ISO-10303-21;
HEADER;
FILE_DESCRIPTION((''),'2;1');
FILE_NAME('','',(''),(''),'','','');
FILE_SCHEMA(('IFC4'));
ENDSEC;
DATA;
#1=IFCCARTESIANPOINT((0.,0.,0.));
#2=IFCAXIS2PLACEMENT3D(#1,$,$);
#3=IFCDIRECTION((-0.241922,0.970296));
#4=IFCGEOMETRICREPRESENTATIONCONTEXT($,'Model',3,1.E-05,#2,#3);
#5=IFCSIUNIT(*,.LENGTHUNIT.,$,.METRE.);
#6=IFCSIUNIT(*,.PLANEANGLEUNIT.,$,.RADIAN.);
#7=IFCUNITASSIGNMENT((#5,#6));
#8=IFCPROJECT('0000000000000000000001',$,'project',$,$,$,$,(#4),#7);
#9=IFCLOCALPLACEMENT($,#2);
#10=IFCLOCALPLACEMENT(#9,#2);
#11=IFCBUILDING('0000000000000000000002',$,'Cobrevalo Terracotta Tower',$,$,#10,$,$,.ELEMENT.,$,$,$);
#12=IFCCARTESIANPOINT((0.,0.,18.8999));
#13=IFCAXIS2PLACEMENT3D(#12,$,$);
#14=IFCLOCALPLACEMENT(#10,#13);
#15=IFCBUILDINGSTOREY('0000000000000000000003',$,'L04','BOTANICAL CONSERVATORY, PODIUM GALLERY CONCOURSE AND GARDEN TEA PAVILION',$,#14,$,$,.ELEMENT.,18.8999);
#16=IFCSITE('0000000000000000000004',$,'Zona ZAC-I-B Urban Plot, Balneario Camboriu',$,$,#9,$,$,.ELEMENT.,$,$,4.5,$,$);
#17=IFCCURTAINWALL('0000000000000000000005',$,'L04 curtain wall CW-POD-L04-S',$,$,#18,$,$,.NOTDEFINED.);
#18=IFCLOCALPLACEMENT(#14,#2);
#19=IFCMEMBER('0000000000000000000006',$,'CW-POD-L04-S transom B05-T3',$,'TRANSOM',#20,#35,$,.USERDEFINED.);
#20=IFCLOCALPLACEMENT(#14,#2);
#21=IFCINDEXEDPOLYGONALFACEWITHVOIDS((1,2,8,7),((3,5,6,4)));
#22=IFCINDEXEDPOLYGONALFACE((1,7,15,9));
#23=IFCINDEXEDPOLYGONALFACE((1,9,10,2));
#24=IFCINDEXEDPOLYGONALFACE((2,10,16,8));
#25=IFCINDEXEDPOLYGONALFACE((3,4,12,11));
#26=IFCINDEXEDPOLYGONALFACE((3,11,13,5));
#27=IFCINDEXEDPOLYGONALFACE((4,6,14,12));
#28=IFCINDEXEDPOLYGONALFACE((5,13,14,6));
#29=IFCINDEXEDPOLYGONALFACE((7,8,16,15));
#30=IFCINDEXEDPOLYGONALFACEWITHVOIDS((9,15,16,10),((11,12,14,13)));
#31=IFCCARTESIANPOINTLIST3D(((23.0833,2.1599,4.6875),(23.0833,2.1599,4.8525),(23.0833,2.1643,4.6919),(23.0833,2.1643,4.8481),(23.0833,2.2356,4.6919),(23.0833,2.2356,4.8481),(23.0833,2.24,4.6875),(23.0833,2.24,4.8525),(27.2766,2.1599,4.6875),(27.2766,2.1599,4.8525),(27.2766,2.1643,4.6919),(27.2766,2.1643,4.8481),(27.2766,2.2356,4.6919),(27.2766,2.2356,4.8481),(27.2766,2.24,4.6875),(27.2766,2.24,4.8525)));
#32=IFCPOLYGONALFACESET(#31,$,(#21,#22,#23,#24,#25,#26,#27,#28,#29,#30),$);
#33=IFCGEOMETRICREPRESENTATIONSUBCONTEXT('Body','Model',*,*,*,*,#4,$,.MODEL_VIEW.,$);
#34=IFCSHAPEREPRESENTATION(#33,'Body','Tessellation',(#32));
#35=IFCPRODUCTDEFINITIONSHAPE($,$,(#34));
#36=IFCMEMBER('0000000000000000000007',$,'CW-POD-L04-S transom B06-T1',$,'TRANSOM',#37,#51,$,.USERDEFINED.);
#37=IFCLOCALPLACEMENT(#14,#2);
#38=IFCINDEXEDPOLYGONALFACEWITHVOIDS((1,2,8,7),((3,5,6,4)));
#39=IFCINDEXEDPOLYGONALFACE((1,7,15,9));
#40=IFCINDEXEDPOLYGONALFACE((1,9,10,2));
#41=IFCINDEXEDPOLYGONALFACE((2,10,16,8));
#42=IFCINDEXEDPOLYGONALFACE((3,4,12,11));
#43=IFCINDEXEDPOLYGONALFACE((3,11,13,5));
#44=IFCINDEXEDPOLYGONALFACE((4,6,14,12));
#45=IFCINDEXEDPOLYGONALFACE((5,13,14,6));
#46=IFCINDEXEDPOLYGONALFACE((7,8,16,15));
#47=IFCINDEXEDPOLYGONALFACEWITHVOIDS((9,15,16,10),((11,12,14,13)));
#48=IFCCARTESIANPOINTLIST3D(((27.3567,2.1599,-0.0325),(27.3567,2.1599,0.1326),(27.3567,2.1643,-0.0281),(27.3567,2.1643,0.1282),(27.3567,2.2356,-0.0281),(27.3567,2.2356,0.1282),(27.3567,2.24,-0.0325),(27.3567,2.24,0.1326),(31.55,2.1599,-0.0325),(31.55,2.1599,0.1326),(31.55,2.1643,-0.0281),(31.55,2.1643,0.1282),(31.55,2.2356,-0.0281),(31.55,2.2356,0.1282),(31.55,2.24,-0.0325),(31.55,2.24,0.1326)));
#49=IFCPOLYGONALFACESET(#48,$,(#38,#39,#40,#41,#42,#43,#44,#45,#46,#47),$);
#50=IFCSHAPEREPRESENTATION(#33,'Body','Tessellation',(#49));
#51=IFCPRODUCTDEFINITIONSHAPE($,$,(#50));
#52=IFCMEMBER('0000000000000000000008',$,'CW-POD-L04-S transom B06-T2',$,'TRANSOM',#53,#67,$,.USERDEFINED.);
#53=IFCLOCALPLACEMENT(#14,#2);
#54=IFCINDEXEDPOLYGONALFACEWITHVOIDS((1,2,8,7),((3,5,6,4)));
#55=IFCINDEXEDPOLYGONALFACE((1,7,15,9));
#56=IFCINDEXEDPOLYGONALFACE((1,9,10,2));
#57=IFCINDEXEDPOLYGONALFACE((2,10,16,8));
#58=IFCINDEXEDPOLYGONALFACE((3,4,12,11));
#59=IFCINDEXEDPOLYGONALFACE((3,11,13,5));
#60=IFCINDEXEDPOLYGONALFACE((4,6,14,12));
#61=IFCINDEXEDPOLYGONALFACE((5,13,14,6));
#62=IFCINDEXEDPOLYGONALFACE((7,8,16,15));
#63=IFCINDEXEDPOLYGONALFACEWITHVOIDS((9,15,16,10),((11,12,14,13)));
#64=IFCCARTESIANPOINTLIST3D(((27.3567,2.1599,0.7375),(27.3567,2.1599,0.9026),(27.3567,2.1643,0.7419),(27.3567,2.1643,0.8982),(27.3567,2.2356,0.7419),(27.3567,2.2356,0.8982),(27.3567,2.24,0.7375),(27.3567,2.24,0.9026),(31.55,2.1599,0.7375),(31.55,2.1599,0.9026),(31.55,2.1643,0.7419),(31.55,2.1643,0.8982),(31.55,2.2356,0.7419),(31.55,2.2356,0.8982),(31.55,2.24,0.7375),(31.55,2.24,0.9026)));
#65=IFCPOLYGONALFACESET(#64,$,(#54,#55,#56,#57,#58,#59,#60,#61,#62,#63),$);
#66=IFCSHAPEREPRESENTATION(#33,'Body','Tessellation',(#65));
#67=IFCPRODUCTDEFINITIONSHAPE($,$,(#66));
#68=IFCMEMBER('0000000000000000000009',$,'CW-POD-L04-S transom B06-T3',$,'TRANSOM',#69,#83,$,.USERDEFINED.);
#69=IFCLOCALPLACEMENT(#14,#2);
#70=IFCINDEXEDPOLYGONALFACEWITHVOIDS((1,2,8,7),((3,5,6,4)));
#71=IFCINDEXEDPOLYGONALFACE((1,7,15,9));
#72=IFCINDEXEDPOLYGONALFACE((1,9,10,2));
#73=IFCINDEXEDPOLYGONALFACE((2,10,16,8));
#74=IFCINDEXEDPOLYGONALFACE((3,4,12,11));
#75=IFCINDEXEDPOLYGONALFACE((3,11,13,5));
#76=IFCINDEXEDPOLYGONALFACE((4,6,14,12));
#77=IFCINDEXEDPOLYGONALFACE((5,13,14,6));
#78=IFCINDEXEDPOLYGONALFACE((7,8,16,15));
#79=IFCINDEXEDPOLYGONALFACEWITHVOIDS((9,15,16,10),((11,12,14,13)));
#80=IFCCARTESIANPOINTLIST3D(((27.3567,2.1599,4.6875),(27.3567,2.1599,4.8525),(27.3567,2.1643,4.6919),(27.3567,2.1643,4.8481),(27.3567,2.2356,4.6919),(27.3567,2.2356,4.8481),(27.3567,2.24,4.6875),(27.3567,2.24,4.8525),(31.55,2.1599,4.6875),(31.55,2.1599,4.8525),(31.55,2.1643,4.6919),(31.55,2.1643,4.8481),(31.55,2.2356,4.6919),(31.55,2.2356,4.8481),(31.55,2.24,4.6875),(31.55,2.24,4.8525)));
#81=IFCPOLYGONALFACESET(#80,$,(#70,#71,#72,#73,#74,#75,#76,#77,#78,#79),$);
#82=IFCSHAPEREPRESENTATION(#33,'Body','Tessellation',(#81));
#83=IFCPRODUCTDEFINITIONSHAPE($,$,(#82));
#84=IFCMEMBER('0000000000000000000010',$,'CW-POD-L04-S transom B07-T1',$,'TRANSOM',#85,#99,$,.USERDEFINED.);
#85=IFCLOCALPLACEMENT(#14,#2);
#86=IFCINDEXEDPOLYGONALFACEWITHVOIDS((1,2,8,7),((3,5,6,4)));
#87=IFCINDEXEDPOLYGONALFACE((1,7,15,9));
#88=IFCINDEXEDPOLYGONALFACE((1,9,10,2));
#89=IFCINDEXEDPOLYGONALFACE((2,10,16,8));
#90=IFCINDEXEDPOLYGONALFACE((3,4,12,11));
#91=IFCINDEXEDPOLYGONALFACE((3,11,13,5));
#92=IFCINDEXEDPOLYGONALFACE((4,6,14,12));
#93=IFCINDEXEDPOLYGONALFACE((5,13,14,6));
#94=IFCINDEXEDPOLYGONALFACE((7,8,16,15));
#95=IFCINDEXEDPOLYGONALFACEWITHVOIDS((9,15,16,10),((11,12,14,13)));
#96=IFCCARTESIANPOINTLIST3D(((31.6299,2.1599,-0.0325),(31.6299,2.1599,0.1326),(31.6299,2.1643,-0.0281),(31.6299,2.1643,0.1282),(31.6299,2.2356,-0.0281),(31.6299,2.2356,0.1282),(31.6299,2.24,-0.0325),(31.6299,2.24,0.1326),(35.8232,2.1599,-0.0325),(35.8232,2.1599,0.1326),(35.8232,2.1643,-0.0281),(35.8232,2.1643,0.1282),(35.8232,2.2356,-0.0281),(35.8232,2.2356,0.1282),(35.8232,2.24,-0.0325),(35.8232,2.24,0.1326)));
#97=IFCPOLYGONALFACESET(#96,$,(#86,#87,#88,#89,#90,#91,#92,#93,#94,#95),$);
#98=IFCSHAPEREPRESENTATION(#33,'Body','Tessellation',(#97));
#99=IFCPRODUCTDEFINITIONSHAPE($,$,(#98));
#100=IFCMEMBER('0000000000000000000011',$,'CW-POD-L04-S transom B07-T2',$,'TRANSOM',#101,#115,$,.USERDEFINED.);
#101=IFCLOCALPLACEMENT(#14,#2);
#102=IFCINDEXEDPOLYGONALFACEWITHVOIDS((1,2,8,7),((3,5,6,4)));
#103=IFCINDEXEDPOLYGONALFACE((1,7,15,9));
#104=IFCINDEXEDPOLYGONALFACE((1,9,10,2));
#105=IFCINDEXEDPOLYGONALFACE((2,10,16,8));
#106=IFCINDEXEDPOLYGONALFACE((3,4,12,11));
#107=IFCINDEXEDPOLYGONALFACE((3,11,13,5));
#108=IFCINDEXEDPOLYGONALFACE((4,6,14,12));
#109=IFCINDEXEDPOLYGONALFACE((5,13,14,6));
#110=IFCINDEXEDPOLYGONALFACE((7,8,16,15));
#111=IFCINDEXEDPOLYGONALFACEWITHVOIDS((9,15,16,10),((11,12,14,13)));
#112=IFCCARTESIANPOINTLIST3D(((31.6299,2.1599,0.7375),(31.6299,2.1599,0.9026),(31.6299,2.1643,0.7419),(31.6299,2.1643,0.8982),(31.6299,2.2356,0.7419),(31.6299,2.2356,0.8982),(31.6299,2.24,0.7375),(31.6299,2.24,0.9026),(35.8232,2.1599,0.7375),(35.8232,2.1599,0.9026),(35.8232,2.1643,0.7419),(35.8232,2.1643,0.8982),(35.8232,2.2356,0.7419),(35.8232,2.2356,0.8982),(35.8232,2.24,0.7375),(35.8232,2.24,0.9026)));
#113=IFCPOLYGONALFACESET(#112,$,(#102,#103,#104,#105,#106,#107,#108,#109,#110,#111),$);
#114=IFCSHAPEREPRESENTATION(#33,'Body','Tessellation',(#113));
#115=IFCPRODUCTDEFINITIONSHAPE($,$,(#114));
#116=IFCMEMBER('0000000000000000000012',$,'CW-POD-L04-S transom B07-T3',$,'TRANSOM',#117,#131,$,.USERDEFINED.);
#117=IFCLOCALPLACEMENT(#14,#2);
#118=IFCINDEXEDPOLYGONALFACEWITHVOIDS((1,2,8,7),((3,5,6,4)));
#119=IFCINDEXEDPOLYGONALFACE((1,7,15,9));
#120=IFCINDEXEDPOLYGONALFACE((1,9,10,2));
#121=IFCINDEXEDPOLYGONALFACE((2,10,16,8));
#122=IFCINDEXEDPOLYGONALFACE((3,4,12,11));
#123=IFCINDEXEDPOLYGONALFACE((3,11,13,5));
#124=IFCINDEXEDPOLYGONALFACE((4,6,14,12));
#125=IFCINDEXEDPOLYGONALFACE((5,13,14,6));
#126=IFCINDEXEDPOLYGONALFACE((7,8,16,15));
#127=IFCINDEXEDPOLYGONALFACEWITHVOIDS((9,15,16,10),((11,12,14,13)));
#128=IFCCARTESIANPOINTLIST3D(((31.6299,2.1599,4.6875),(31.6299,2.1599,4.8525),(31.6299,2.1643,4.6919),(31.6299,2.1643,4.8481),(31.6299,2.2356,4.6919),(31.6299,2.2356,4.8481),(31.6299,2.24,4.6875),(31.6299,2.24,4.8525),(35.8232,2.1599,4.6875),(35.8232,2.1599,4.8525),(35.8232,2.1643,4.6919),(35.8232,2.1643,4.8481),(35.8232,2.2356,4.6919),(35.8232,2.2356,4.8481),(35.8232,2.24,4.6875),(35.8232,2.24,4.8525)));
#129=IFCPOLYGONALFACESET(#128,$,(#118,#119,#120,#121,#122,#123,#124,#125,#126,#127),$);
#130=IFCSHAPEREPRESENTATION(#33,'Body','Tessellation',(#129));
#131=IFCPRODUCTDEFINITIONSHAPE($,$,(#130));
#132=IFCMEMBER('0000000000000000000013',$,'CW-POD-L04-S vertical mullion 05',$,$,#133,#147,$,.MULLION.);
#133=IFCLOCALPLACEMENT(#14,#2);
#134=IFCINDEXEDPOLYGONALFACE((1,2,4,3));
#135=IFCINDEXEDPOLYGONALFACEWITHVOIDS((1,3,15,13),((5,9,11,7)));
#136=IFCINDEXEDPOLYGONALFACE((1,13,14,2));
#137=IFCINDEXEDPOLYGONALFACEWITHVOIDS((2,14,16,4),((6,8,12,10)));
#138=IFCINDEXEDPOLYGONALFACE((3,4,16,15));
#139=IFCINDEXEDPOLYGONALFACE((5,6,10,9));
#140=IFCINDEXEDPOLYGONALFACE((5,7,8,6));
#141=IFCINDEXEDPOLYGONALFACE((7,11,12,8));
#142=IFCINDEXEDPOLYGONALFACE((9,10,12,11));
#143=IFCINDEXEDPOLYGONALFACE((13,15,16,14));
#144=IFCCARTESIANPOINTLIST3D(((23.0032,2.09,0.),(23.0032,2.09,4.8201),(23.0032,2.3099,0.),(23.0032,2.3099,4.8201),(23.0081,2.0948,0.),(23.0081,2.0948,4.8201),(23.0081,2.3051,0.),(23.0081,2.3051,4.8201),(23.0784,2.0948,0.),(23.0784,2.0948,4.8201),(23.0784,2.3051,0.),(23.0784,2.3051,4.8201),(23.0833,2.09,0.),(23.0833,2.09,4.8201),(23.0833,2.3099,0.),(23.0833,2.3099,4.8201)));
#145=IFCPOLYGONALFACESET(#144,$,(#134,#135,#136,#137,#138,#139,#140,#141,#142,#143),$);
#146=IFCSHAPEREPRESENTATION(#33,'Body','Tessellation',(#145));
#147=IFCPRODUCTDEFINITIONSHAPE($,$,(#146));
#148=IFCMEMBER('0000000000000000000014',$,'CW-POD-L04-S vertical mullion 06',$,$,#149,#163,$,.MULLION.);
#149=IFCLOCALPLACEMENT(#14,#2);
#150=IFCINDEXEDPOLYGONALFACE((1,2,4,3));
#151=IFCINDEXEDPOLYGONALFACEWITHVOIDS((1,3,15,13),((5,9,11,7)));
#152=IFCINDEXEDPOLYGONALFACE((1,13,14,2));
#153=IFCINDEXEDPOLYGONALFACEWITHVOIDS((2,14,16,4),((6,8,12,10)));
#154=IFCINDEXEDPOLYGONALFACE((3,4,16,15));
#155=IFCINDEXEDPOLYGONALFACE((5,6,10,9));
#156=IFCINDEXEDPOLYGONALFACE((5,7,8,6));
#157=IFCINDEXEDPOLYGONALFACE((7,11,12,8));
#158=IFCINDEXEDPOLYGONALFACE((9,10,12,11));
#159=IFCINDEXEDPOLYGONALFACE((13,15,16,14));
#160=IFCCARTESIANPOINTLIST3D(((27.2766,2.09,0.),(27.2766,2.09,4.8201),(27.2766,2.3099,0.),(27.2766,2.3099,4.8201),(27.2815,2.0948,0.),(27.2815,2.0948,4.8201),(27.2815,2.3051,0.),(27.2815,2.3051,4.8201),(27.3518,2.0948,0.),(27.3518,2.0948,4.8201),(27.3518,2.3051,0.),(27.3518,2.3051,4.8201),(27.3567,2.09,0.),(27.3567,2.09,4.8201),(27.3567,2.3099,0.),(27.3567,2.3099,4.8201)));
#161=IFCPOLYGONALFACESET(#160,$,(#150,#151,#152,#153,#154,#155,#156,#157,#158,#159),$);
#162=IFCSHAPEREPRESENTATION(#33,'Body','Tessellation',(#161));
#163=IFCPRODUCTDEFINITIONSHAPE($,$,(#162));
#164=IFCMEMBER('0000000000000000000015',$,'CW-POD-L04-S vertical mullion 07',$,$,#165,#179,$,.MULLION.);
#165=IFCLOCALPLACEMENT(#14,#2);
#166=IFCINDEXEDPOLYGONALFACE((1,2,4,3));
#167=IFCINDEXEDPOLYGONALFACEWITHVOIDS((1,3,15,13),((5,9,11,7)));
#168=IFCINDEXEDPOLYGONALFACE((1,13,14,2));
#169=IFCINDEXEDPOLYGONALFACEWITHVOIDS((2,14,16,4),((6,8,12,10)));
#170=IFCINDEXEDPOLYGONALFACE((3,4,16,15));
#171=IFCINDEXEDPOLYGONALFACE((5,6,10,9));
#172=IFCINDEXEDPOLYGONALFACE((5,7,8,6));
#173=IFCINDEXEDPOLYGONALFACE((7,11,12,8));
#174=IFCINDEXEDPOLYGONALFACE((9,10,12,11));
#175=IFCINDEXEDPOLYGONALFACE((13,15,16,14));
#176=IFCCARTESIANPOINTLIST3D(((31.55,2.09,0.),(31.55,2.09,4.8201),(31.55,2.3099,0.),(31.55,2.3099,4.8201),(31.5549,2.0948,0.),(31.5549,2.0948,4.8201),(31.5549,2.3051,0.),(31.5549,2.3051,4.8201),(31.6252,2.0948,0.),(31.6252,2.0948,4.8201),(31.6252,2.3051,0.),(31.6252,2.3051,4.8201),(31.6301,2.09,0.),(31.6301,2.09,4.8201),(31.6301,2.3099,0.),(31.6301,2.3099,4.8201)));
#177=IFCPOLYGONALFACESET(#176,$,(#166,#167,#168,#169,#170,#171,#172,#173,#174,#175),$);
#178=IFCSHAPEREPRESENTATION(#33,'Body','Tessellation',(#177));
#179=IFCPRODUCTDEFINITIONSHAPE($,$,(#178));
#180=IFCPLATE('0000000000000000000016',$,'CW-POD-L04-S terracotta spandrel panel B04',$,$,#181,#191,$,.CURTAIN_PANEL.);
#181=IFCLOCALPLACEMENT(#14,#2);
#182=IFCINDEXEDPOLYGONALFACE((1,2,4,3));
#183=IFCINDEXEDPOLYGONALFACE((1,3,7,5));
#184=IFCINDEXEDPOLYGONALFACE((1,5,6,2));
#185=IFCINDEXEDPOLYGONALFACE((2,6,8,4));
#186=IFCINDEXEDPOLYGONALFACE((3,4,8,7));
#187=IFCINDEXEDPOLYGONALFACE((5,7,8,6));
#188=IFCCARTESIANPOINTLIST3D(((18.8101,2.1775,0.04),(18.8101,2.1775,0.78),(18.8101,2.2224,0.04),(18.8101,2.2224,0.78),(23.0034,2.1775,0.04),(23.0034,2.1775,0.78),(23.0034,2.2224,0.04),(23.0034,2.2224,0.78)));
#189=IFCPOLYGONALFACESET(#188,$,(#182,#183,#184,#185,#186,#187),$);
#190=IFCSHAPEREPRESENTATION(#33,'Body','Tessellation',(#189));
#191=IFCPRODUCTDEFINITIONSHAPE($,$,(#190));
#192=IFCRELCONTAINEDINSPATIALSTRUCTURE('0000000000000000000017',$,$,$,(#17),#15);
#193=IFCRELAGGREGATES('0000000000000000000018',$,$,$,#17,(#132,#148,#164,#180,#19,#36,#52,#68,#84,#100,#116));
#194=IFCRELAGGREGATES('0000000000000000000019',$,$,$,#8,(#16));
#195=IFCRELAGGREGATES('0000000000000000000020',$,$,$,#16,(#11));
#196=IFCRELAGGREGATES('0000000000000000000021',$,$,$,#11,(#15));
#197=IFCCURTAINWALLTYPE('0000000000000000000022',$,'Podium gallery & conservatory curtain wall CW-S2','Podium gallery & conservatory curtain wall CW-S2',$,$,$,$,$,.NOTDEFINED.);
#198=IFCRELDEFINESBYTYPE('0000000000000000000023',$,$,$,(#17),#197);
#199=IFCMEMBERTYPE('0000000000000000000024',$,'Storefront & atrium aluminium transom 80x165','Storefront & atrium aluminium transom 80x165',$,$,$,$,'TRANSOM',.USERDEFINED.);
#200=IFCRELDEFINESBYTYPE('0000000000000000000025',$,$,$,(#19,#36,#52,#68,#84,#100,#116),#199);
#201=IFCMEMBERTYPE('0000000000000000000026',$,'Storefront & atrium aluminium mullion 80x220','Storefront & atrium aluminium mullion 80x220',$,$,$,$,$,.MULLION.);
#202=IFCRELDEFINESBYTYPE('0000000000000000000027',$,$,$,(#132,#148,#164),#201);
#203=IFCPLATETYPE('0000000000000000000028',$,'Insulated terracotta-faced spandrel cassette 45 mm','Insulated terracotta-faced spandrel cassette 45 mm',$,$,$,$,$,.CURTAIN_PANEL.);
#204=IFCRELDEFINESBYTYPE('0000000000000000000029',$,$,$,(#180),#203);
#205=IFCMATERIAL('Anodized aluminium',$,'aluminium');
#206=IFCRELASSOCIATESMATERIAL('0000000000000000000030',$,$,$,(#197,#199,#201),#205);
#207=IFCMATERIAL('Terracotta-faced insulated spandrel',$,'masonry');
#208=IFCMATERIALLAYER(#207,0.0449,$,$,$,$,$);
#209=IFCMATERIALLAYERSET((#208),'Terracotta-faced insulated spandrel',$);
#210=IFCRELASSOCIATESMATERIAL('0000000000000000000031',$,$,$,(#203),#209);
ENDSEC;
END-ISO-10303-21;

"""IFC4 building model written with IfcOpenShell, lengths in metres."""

from ifc_helpers import new_model, si_unit, direction, frame, origin, origin_2d, place, context, subcontext, project, spatial, rectangle, hollow_rectangle, extrude, source, transform, mapped, material, layer, layer_set, material_profile, profile_set, type_object, element, aggregate, save


model = new_model("IFC4")

# Units and contexts
model_context = context("Model", 3, precision=1e-05, world=origin(), true_north=direction((-0.241922, 0.970296)))
body_context = subcontext(model_context, "Body", "Model", "MODEL_VIEW")
ifc_project = project(units=[si_unit("LENGTHUNIT", "METRE"), si_unit("PLANEANGLEUNIT", "RADIAN")], contexts=[model_context])

# Site, building, storey
site_placement = place(None, origin())
site = spatial("IfcSite", under=ifc_project, at=site_placement, Name="Zona ZAC-I-B Urban Plot, Balneario Camboriu", CompositionType="ELEMENT", RefElevation=4.5)
building_placement = place(site_placement, origin())
building = spatial("IfcBuilding", under=site, at=building_placement, Name="Cobrevalo Terracotta Tower", CompositionType="ELEMENT")
storey_placement = place(building_placement, frame((0.0, 0.0, 18.8999)))
storey = spatial("IfcBuildingStorey", under=building, at=storey_placement, Name="L04", Description="BOTANICAL CONSERVATORY, PODIUM GALLERY CONCOURSE AND GARDEN TEA PAVILION", CompositionType="ELEMENT", Elevation=18.8999)

# Curtain wall, members, plate
ifc_material_1 = material(Name="Anodized aluminium", Category="aluminium")
curtain_wall_type = type_object("IfcCurtainWallType", Name="Podium gallery & conservatory curtain wall CW-S2", Description="Podium gallery & conservatory curtain wall CW-S2", PredefinedType="NOTDEFINED", material=ifc_material_1)
curtain_wall_placement = place(storey_placement, origin())
curtain_wall = element("IfcCurtainWall", 1, at=curtain_wall_placement, inside=storey, type_object=curtain_wall_type, Name="L04 curtain wall CW-POD-L04-S", PredefinedType="NOTDEFINED")
ifc_material_profile_1 = material_profile(ifc_material_1, hollow_rectangle(XDim=0.0801, YDim=0.165, WallThickness=0.0044, at=origin_2d()), Name="CWT 80x165")
ifc_profile_set_1 = profile_set([ifc_material_profile_1], Name="Anodized aluminium")
member_type_1 = type_object("IfcMemberType", Name="Storefront & atrium aluminium transom 80x165", Description="Storefront & atrium aluminium transom 80x165", ElementType="TRANSOM", PredefinedType="USERDEFINED", material=ifc_profile_set_1)
shared_shape_1 = source(origin(), body_context, "Body", "SweptSolid", [
    extrude(hollow_rectangle(XDim=0.0801, YDim=0.165, WallThickness=0.0044, at=origin_2d()), origin(), (0.0, 0.0, 1.0), 4.1934),
])
member_1_placement = place(storey_placement, frame((23.0833, 2.2, 4.77), z_axis=(1.0, 0.0, 0.0), x_axis=(0.0, 1.0, 0.0)))
member_1 = element("IfcMember", 2, at=member_1_placement, type_object=member_type_1, Name="CW-POD-L04-S transom B05-T3", ObjectType="TRANSOM", PredefinedType="USERDEFINED", context=body_context, shape_type="MappedRepresentation", body=[
    mapped(shared_shape_1, transform((0.0, 0.0, 0.0), scale=1.0)),
])
member_2_placement = place(storey_placement, frame((27.3567, 2.2, 0.05), z_axis=(1.0, 0.0, 0.0), x_axis=(0.0, 1.0, 0.0)))
member_2 = element("IfcMember", 3, at=member_2_placement, type_object=member_type_1, Name="CW-POD-L04-S transom B06-T1", ObjectType="TRANSOM", PredefinedType="USERDEFINED", context=body_context, shape_type="MappedRepresentation", body=[
    mapped(shared_shape_1, transform((0.0, 0.0, 0.0), scale=1.0)),
])
member_3_placement = place(storey_placement, frame((27.3567, 2.2, 0.8201), z_axis=(1.0, 0.0, 0.0), x_axis=(0.0, 1.0, 0.0)))
member_3 = element("IfcMember", 4, at=member_3_placement, type_object=member_type_1, Name="CW-POD-L04-S transom B06-T2", ObjectType="TRANSOM", PredefinedType="USERDEFINED", context=body_context, shape_type="MappedRepresentation", body=[
    mapped(shared_shape_1, transform((0.0, 0.0, 0.0), scale=1.0)),
])
member_4_placement = place(storey_placement, frame((27.3567, 2.2, 4.77), z_axis=(1.0, 0.0, 0.0), x_axis=(0.0, 1.0, 0.0)))
member_4 = element("IfcMember", 5, at=member_4_placement, type_object=member_type_1, Name="CW-POD-L04-S transom B06-T3", ObjectType="TRANSOM", PredefinedType="USERDEFINED", context=body_context, shape_type="MappedRepresentation", body=[
    mapped(shared_shape_1, transform((0.0, 0.0, 0.0), scale=1.0)),
])
member_5_placement = place(storey_placement, frame((31.6299, 2.2, 0.05), z_axis=(1.0, 0.0, 0.0), x_axis=(0.0, 1.0, 0.0)))
member_5 = element("IfcMember", 6, at=member_5_placement, type_object=member_type_1, Name="CW-POD-L04-S transom B07-T1", ObjectType="TRANSOM", PredefinedType="USERDEFINED", context=body_context, shape_type="MappedRepresentation", body=[
    mapped(shared_shape_1, transform((0.0, 0.0, 0.0), scale=1.0)),
])
member_6_placement = place(storey_placement, frame((31.6299, 2.2, 0.8201), z_axis=(1.0, 0.0, 0.0), x_axis=(0.0, 1.0, 0.0)))
member_6 = element("IfcMember", 7, at=member_6_placement, type_object=member_type_1, Name="CW-POD-L04-S transom B07-T2", ObjectType="TRANSOM", PredefinedType="USERDEFINED", context=body_context, shape_type="MappedRepresentation", body=[
    mapped(shared_shape_1, transform((0.0, 0.0, 0.0), scale=1.0)),
])
member_7_placement = place(storey_placement, frame((31.6299, 2.2, 4.77), z_axis=(1.0, 0.0, 0.0), x_axis=(0.0, 1.0, 0.0)))
member_7 = element("IfcMember", 8, at=member_7_placement, type_object=member_type_1, Name="CW-POD-L04-S transom B07-T3", ObjectType="TRANSOM", PredefinedType="USERDEFINED", context=body_context, shape_type="MappedRepresentation", body=[
    mapped(shared_shape_1, transform((0.0, 0.0, 0.0), scale=1.0)),
])
ifc_material_profile_2 = material_profile(ifc_material_1, hollow_rectangle(XDim=0.0801, YDim=0.22, WallThickness=0.0049, at=origin_2d()), Name="CWM 80x220")
ifc_profile_set_2 = profile_set([ifc_material_profile_2], Name="Anodized aluminium")
member_type_2 = type_object("IfcMemberType", Name="Storefront & atrium aluminium mullion 80x220", Description="Storefront & atrium aluminium mullion 80x220", PredefinedType="MULLION", material=ifc_profile_set_2)
shared_shape_2 = source(origin(), body_context, "Body", "SweptSolid", [
    extrude(hollow_rectangle(XDim=0.0801, YDim=0.22, WallThickness=0.0049, at=origin_2d()), origin(), (0.0, 0.0, 1.0), 4.8201),
])
member_8_placement = place(storey_placement, frame((23.0432, 2.2, 0.0), z_axis=(0.0, 0.0, 1.0), x_axis=(1.0, 0.0, 0.0)))
member_8 = element("IfcMember", 9, at=member_8_placement, type_object=member_type_2, Name="CW-POD-L04-S vertical mullion 05", PredefinedType="MULLION", context=body_context, shape_type="MappedRepresentation", body=[
    mapped(shared_shape_2, transform((0.0, 0.0, 0.0), scale=1.0)),
])
member_9_placement = place(storey_placement, frame((27.3167, 2.2, 0.0), z_axis=(0.0, 0.0, 1.0), x_axis=(1.0, 0.0, 0.0)))
member_9 = element("IfcMember", 10, at=member_9_placement, type_object=member_type_2, Name="CW-POD-L04-S vertical mullion 06", PredefinedType="MULLION", context=body_context, shape_type="MappedRepresentation", body=[
    mapped(shared_shape_2, transform((0.0, 0.0, 0.0), scale=1.0)),
])
member_10_placement = place(storey_placement, frame((31.5901, 2.2, 0.0), z_axis=(0.0, 0.0, 1.0), x_axis=(1.0, 0.0, 0.0)))
member_10 = element("IfcMember", 11, at=member_10_placement, type_object=member_type_2, Name="CW-POD-L04-S vertical mullion 07", PredefinedType="MULLION", context=body_context, shape_type="MappedRepresentation", body=[
    mapped(shared_shape_2, transform((0.0, 0.0, 0.0), scale=1.0)),
])
ifc_material_2 = material(Name="Terracotta-faced insulated spandrel", Category="masonry")
ifc_layer_1 = layer(ifc_material_2, 0.0449)
ifc_layer_set_1 = layer_set([ifc_layer_1], Name="Terracotta-faced insulated spandrel")
plate_type_1 = type_object("IfcPlateType", Name="Insulated terracotta-faced spandrel cassette 45 mm", Description="Insulated terracotta-faced spandrel cassette 45 mm", PredefinedType="CURTAIN_PANEL", material=ifc_layer_set_1)
shared_shape_3 = source(origin(), body_context, "Body", "SweptSolid", [
    extrude(rectangle(XDim=4.1934, YDim=0.0449, at=origin_2d()), origin(), (0.0, 0.0, 1.0), 0.74),
])
plate_1_placement = place(storey_placement, frame((20.9067, 2.2, 0.04), z_axis=(0.0, 0.0, 1.0), x_axis=(1.0, 0.0, 0.0)))
plate_1 = element("IfcPlate", 12, at=plate_1_placement, type_object=plate_type_1, Name="CW-POD-L04-S terracotta spandrel panel B04", PredefinedType="CURTAIN_PANEL", context=body_context, shape_type="MappedRepresentation", body=[
    mapped(shared_shape_3, transform((0.0, 0.0, 0.0), scale=1.0)),
])
aggregate(curtain_wall, [member_8, member_9, member_10, plate_1, member_1, member_2, member_3, member_4, member_5, member_6, member_7])

save(model, "model.ifc")
